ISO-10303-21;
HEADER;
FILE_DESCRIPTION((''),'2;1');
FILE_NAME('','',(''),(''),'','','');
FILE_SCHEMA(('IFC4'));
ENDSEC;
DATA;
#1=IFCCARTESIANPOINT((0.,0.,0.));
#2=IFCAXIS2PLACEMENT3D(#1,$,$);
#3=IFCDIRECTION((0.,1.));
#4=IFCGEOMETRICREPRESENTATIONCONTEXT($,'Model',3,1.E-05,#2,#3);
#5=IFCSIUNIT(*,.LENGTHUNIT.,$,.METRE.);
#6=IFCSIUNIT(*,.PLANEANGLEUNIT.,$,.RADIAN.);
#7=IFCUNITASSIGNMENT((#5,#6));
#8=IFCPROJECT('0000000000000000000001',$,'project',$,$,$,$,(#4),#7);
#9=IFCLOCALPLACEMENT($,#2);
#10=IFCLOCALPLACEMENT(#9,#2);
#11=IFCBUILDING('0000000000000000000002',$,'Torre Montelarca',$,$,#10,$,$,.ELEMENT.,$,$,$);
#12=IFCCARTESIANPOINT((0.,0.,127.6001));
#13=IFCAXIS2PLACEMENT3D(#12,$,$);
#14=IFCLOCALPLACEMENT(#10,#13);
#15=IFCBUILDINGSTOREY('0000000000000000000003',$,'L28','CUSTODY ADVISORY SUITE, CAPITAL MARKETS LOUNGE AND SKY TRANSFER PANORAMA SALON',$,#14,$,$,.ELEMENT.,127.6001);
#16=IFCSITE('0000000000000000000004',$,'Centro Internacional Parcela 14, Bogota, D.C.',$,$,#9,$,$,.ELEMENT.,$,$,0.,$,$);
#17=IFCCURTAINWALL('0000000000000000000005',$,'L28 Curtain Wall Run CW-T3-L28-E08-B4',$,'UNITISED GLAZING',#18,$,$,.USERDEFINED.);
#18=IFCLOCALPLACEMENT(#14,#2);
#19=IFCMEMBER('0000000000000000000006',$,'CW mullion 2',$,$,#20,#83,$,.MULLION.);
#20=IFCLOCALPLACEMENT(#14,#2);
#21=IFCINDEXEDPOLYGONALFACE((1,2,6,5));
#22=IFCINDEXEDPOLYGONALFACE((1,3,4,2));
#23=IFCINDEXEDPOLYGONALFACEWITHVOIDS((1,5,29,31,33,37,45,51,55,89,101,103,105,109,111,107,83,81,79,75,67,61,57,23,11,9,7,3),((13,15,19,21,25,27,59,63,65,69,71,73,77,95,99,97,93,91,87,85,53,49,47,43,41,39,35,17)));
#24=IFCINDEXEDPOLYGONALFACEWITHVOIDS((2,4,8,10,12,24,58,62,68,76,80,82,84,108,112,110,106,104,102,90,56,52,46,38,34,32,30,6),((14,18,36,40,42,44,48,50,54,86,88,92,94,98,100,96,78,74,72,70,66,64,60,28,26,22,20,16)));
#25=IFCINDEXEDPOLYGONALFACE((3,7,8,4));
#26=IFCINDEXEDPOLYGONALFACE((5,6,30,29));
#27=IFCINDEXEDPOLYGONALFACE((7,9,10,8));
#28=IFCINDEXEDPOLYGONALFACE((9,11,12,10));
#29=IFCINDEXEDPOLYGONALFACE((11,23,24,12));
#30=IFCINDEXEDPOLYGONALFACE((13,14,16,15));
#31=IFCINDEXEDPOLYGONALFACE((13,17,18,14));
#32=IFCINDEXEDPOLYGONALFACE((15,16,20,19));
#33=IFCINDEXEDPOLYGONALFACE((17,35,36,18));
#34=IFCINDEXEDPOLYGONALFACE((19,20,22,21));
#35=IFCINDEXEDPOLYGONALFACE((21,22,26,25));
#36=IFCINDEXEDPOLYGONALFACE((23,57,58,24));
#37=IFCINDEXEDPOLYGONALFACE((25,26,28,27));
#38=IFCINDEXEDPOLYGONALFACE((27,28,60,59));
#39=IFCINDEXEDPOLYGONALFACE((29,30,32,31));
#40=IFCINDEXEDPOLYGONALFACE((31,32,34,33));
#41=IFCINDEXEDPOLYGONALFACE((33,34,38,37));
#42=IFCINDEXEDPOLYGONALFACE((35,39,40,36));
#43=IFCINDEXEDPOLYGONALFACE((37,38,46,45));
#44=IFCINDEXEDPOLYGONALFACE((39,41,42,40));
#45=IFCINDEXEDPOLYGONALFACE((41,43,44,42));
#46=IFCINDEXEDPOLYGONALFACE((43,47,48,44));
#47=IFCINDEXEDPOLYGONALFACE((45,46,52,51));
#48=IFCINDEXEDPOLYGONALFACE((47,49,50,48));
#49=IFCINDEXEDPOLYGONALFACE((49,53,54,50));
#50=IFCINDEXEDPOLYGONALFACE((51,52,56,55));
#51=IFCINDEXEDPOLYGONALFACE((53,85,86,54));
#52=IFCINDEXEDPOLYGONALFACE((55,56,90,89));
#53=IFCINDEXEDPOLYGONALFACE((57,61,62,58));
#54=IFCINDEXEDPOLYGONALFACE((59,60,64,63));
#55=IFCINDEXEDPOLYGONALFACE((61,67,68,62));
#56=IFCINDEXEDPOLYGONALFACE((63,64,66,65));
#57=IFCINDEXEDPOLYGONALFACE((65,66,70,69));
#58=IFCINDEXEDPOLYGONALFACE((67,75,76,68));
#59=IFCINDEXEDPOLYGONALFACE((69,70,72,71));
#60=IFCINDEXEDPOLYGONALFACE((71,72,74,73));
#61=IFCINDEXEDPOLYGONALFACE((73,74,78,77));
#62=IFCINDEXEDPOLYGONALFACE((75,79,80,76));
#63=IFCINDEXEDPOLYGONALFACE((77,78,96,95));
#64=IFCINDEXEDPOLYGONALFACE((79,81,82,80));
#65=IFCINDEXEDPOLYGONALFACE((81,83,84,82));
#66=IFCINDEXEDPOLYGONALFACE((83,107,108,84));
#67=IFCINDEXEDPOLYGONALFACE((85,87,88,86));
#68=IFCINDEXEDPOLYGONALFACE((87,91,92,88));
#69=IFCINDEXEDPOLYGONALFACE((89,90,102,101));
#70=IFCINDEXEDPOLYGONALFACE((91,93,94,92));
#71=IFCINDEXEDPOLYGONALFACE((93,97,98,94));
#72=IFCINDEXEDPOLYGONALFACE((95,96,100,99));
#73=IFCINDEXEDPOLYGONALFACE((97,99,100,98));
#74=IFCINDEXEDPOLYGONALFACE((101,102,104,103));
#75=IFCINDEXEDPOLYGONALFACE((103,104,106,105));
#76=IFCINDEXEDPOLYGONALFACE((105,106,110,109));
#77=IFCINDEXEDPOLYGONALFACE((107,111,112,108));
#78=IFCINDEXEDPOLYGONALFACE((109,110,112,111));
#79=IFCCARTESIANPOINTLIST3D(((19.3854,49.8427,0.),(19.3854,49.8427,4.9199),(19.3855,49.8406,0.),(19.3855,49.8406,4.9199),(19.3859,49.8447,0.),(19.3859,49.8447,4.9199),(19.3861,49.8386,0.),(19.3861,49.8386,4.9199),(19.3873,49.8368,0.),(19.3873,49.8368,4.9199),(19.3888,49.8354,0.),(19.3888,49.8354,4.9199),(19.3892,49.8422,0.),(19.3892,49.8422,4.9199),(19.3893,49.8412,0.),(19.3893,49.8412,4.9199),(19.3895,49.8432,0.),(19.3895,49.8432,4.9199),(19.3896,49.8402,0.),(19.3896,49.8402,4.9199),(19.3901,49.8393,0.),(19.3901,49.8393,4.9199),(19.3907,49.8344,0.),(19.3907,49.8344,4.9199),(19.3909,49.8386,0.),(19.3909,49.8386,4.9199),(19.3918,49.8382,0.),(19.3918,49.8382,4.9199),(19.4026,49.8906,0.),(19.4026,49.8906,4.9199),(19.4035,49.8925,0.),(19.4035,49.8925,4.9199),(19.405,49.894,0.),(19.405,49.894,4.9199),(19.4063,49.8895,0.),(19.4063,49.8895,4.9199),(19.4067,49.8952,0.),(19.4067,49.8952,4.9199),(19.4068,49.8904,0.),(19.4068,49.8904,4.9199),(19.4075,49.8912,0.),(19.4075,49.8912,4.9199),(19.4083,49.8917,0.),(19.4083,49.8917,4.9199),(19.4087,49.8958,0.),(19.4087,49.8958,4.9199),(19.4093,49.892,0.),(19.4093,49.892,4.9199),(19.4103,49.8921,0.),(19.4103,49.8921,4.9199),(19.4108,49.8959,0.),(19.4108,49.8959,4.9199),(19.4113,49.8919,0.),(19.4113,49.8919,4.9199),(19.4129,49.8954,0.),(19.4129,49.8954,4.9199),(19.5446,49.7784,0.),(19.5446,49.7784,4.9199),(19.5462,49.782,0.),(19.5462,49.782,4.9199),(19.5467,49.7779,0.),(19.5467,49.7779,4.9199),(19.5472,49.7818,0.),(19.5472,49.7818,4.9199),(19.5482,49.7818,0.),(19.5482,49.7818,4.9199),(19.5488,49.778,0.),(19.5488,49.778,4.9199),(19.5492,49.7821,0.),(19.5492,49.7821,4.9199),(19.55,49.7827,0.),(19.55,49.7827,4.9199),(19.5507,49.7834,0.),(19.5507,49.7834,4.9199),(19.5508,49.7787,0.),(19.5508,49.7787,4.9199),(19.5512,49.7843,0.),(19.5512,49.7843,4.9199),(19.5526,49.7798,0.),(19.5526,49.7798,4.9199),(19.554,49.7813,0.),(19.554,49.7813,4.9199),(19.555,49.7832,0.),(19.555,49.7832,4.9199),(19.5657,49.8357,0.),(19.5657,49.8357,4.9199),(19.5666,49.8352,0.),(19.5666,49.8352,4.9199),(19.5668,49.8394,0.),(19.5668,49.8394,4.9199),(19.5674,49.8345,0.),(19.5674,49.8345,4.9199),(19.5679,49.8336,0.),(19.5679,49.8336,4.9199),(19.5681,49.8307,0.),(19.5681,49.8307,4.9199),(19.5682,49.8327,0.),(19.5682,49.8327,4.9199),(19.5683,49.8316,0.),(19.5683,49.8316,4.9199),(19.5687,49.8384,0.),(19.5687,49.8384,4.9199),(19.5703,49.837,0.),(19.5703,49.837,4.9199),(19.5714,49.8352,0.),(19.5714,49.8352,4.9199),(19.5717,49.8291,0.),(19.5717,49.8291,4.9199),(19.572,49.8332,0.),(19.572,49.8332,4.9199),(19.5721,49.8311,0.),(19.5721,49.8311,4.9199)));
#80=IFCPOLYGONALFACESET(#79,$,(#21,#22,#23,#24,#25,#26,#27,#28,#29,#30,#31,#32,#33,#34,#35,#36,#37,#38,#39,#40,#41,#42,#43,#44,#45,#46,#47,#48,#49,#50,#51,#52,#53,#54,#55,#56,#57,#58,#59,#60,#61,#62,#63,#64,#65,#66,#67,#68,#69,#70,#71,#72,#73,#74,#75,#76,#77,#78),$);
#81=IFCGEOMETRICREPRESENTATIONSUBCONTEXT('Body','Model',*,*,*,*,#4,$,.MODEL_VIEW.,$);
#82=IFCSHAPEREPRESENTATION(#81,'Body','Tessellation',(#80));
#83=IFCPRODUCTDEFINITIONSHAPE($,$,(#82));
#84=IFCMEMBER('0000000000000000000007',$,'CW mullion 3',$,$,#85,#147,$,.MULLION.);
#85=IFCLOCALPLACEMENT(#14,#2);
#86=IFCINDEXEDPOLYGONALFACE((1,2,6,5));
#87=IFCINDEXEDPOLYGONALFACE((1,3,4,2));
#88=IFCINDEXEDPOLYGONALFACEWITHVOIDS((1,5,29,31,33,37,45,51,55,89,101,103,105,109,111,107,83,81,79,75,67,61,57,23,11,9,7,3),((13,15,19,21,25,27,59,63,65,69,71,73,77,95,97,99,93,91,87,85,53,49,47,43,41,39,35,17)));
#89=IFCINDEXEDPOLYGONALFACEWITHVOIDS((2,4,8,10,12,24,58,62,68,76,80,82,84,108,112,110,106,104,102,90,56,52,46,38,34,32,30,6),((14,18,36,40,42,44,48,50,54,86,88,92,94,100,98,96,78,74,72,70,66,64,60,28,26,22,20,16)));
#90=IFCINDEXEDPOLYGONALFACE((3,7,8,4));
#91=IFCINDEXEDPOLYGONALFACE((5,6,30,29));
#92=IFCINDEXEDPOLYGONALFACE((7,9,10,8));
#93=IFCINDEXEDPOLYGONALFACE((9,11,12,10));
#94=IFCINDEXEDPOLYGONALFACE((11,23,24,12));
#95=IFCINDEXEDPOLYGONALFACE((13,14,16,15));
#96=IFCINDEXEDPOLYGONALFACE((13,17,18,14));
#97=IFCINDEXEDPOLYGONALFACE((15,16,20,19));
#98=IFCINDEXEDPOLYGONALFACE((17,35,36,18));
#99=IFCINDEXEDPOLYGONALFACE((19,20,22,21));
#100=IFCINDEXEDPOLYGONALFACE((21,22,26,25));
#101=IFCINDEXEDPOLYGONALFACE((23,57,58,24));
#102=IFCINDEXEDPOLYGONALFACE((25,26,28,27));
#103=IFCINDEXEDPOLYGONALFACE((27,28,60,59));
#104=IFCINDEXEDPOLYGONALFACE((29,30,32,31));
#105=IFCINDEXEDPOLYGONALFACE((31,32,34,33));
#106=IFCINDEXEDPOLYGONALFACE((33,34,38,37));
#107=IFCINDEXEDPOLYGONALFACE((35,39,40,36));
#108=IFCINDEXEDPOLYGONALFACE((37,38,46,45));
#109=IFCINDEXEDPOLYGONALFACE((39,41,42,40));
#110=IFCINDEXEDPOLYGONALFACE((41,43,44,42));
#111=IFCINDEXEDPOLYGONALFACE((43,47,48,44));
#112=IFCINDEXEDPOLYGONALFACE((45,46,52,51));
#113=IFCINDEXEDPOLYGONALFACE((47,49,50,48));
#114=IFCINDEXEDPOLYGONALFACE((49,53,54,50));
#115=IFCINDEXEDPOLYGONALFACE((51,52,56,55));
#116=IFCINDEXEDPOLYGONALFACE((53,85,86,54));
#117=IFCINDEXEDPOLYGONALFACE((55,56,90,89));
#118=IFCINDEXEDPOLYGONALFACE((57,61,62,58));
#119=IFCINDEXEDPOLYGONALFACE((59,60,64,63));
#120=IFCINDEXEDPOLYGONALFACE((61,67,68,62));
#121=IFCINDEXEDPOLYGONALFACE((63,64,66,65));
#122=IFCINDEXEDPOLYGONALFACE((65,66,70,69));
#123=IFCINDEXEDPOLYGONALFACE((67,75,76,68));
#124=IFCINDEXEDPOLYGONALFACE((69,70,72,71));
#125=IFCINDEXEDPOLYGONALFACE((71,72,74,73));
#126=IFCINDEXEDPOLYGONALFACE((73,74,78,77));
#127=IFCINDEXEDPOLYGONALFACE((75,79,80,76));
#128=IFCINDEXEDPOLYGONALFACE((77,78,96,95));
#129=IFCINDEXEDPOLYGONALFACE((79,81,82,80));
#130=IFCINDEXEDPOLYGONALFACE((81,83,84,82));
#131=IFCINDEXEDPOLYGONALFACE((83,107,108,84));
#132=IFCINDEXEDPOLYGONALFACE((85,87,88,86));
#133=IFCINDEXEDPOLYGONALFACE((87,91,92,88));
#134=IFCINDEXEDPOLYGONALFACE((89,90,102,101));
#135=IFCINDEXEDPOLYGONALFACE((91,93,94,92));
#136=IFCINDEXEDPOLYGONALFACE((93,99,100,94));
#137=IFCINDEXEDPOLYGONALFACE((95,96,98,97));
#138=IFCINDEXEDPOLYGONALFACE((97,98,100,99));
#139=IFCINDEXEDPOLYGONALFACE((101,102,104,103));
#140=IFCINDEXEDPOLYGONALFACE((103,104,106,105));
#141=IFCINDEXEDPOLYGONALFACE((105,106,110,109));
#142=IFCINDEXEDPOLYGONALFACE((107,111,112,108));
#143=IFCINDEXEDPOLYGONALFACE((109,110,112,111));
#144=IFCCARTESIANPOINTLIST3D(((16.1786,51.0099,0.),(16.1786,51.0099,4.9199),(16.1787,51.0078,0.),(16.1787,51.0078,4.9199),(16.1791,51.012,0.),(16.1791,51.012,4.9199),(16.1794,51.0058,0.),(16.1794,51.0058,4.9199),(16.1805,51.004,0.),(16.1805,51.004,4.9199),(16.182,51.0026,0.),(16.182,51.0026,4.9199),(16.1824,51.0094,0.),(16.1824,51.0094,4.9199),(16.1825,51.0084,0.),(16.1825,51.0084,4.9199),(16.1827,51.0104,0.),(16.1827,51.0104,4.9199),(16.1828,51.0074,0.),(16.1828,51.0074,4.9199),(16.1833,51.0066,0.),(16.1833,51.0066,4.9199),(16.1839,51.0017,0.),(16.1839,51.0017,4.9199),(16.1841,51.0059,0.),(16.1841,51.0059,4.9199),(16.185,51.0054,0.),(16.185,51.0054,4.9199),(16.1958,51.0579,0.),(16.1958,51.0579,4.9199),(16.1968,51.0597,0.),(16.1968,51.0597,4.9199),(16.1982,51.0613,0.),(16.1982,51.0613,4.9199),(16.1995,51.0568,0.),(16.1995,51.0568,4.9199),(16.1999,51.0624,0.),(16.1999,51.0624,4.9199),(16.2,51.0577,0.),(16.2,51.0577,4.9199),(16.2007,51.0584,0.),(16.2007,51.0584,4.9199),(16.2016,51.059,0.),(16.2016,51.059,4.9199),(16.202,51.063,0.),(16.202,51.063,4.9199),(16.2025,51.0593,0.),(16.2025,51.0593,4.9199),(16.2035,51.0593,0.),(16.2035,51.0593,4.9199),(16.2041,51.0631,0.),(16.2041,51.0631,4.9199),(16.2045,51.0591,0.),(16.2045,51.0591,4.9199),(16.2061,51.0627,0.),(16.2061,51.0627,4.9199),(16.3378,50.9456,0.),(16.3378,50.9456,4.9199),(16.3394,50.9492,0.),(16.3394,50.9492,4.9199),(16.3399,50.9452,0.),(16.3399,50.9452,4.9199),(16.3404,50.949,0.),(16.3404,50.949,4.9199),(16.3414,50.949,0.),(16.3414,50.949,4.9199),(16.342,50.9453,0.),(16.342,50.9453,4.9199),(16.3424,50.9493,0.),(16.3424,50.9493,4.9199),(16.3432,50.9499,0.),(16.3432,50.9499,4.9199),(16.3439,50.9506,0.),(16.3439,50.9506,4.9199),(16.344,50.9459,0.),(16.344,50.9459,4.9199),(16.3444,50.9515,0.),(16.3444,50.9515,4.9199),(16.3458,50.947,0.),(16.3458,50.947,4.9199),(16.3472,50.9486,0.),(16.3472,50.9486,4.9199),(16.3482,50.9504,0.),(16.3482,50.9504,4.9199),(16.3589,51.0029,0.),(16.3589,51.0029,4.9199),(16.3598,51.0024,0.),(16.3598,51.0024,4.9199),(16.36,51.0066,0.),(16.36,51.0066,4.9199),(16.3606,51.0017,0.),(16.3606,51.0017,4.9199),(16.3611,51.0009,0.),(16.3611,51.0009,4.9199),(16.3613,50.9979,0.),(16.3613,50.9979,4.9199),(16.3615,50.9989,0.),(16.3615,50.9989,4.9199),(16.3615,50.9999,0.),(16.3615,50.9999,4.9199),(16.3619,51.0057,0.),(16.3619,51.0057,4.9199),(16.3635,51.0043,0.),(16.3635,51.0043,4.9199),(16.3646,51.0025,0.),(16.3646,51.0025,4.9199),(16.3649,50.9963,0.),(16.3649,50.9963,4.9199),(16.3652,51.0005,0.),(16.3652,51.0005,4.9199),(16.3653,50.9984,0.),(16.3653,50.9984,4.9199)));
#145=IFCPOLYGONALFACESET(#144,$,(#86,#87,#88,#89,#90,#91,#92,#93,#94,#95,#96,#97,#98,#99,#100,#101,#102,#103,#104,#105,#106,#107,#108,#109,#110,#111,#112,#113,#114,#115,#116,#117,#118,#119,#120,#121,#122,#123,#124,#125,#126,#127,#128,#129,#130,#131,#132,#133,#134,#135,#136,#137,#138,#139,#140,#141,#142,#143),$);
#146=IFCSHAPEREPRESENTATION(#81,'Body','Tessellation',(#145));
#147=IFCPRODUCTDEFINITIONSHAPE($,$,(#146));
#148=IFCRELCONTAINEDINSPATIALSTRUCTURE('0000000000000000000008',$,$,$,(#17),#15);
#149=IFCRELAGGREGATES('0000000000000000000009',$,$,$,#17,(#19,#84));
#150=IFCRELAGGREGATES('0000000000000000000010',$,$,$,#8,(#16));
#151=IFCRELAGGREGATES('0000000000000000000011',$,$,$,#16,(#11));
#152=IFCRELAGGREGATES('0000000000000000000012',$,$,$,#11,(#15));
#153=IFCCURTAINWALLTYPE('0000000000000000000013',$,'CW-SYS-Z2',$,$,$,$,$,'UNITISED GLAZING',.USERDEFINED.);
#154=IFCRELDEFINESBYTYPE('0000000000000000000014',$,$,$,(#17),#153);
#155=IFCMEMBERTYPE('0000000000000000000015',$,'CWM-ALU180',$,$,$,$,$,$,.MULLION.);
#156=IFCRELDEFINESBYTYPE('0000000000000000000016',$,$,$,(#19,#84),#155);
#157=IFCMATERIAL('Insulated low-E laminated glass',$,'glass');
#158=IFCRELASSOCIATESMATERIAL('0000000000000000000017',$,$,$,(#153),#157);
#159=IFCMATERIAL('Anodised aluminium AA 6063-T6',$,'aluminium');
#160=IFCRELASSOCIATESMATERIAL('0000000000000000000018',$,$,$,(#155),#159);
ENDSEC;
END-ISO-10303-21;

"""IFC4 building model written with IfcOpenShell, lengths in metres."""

from ifc_helpers import new_model, si_unit, direction, frame, origin, origin_2d, place, context, subcontext, project, spatial, hollow_rectangle, extrude, source, transform, mapped, material, material_profile, profile_set, type_object, element, aggregate, save


model = new_model("IFC4")

# Units and contexts
model_context = context("Model", 3, precision=1e-05, world=origin(), true_north=direction((0.0, 1.0)))
body_context = subcontext(model_context, "Body", "Model", "MODEL_VIEW")
ifc_project = project(units=[si_unit("LENGTHUNIT", "METRE"), si_unit("PLANEANGLEUNIT", "RADIAN")], contexts=[model_context])

# Site, building, storey
site_placement = place(None, origin())
site = spatial("IfcSite", under=ifc_project, at=site_placement, Name="Centro Internacional Parcela 14, Bogota, D.C.", CompositionType="ELEMENT", RefElevation=0.0)
building_placement = place(site_placement, origin())
building = spatial("IfcBuilding", under=site, at=building_placement, Name="Torre Montelarca", CompositionType="ELEMENT")
storey_placement = place(building_placement, frame((0.0, 0.0, 127.6001)))
storey = spatial("IfcBuildingStorey", under=building, at=storey_placement, Name="L28", Description="CUSTODY ADVISORY SUITE, CAPITAL MARKETS LOUNGE AND SKY TRANSFER PANORAMA SALON", CompositionType="ELEMENT", Elevation=127.6001)

# Curtain wall, members
ifc_material_1 = material(Name="Insulated low-E laminated glass", Category="glass")
curtain_wall_type = type_object("IfcCurtainWallType", Name="CW-SYS-Z2", ElementType="UNITISED GLAZING", PredefinedType="USERDEFINED", material=ifc_material_1)
ifc_material_2 = material(Name="Anodised aluminium AA 6063-T6", Category="aluminium")
curtain_wall_1_placement = place(storey_placement, origin())
curtain_wall_1 = element("IfcCurtainWall", 1, at=curtain_wall_1_placement, inside=storey, type_object=curtain_wall_type, Name="L28 Curtain Wall Run CW-T3-L28-E08-B4", ObjectType="UNITISED GLAZING", PredefinedType="USERDEFINED")
ifc_material_profile_1 = material_profile(ifc_material_2, hollow_rectangle(XDim=0.0649, YDim=0.1799, WallThickness=0.0039, InnerFilletRadius=0.0039, OuterFilletRadius=0.0081, at=origin_2d()), Name="ALU65X180X4", Category="aluminium")
ifc_profile_set_1 = profile_set([ifc_material_profile_1], Name="Anodised aluminium AA 6063-T6")
member_type_1 = type_object("IfcMemberType", Name="CWM-ALU180", PredefinedType="MULLION", material=ifc_profile_set_1)
shared_shape_1 = source(origin(), body_context, "Body", "SweptSolid", [
    extrude(hollow_rectangle(XDim=0.0649, YDim=0.1799, WallThickness=0.0039, InnerFilletRadius=0.0039, OuterFilletRadius=0.0081, at=origin_2d()), origin(), (0.0, 0.0, 1.0), 4.9199),
])
member_1_placement = place(storey_placement, frame((19.4788, 49.8369, 0.0), z_axis=(0.0, 0.0, 1.0), x_axis=(-0.342012, -0.939695, 0.0)))
member_1 = element("IfcMember", 2, at=member_1_placement, type_object=member_type_1, Name="CW mullion 2", PredefinedType="MULLION", context=body_context, shape_type="MappedRepresentation", body=[
    mapped(shared_shape_1, transform((0.0, 0.0, 0.0), scale=1.0)),
])
member_2_placement = place(storey_placement, frame((16.272, 51.0042, 0.0), z_axis=(0.0, 0.0, 1.0), x_axis=(-0.342012, -0.939695, 0.0)))
member_2 = element("IfcMember", 3, at=member_2_placement, type_object=member_type_1, Name="CW mullion 3", PredefinedType="MULLION", context=body_context, shape_type="MappedRepresentation", body=[
    mapped(shared_shape_1, transform((0.0, 0.0, 0.0), scale=1.0)),
])

aggregate(curtain_wall_1, [member_1, member_2])

save(model, "model.ifc")
